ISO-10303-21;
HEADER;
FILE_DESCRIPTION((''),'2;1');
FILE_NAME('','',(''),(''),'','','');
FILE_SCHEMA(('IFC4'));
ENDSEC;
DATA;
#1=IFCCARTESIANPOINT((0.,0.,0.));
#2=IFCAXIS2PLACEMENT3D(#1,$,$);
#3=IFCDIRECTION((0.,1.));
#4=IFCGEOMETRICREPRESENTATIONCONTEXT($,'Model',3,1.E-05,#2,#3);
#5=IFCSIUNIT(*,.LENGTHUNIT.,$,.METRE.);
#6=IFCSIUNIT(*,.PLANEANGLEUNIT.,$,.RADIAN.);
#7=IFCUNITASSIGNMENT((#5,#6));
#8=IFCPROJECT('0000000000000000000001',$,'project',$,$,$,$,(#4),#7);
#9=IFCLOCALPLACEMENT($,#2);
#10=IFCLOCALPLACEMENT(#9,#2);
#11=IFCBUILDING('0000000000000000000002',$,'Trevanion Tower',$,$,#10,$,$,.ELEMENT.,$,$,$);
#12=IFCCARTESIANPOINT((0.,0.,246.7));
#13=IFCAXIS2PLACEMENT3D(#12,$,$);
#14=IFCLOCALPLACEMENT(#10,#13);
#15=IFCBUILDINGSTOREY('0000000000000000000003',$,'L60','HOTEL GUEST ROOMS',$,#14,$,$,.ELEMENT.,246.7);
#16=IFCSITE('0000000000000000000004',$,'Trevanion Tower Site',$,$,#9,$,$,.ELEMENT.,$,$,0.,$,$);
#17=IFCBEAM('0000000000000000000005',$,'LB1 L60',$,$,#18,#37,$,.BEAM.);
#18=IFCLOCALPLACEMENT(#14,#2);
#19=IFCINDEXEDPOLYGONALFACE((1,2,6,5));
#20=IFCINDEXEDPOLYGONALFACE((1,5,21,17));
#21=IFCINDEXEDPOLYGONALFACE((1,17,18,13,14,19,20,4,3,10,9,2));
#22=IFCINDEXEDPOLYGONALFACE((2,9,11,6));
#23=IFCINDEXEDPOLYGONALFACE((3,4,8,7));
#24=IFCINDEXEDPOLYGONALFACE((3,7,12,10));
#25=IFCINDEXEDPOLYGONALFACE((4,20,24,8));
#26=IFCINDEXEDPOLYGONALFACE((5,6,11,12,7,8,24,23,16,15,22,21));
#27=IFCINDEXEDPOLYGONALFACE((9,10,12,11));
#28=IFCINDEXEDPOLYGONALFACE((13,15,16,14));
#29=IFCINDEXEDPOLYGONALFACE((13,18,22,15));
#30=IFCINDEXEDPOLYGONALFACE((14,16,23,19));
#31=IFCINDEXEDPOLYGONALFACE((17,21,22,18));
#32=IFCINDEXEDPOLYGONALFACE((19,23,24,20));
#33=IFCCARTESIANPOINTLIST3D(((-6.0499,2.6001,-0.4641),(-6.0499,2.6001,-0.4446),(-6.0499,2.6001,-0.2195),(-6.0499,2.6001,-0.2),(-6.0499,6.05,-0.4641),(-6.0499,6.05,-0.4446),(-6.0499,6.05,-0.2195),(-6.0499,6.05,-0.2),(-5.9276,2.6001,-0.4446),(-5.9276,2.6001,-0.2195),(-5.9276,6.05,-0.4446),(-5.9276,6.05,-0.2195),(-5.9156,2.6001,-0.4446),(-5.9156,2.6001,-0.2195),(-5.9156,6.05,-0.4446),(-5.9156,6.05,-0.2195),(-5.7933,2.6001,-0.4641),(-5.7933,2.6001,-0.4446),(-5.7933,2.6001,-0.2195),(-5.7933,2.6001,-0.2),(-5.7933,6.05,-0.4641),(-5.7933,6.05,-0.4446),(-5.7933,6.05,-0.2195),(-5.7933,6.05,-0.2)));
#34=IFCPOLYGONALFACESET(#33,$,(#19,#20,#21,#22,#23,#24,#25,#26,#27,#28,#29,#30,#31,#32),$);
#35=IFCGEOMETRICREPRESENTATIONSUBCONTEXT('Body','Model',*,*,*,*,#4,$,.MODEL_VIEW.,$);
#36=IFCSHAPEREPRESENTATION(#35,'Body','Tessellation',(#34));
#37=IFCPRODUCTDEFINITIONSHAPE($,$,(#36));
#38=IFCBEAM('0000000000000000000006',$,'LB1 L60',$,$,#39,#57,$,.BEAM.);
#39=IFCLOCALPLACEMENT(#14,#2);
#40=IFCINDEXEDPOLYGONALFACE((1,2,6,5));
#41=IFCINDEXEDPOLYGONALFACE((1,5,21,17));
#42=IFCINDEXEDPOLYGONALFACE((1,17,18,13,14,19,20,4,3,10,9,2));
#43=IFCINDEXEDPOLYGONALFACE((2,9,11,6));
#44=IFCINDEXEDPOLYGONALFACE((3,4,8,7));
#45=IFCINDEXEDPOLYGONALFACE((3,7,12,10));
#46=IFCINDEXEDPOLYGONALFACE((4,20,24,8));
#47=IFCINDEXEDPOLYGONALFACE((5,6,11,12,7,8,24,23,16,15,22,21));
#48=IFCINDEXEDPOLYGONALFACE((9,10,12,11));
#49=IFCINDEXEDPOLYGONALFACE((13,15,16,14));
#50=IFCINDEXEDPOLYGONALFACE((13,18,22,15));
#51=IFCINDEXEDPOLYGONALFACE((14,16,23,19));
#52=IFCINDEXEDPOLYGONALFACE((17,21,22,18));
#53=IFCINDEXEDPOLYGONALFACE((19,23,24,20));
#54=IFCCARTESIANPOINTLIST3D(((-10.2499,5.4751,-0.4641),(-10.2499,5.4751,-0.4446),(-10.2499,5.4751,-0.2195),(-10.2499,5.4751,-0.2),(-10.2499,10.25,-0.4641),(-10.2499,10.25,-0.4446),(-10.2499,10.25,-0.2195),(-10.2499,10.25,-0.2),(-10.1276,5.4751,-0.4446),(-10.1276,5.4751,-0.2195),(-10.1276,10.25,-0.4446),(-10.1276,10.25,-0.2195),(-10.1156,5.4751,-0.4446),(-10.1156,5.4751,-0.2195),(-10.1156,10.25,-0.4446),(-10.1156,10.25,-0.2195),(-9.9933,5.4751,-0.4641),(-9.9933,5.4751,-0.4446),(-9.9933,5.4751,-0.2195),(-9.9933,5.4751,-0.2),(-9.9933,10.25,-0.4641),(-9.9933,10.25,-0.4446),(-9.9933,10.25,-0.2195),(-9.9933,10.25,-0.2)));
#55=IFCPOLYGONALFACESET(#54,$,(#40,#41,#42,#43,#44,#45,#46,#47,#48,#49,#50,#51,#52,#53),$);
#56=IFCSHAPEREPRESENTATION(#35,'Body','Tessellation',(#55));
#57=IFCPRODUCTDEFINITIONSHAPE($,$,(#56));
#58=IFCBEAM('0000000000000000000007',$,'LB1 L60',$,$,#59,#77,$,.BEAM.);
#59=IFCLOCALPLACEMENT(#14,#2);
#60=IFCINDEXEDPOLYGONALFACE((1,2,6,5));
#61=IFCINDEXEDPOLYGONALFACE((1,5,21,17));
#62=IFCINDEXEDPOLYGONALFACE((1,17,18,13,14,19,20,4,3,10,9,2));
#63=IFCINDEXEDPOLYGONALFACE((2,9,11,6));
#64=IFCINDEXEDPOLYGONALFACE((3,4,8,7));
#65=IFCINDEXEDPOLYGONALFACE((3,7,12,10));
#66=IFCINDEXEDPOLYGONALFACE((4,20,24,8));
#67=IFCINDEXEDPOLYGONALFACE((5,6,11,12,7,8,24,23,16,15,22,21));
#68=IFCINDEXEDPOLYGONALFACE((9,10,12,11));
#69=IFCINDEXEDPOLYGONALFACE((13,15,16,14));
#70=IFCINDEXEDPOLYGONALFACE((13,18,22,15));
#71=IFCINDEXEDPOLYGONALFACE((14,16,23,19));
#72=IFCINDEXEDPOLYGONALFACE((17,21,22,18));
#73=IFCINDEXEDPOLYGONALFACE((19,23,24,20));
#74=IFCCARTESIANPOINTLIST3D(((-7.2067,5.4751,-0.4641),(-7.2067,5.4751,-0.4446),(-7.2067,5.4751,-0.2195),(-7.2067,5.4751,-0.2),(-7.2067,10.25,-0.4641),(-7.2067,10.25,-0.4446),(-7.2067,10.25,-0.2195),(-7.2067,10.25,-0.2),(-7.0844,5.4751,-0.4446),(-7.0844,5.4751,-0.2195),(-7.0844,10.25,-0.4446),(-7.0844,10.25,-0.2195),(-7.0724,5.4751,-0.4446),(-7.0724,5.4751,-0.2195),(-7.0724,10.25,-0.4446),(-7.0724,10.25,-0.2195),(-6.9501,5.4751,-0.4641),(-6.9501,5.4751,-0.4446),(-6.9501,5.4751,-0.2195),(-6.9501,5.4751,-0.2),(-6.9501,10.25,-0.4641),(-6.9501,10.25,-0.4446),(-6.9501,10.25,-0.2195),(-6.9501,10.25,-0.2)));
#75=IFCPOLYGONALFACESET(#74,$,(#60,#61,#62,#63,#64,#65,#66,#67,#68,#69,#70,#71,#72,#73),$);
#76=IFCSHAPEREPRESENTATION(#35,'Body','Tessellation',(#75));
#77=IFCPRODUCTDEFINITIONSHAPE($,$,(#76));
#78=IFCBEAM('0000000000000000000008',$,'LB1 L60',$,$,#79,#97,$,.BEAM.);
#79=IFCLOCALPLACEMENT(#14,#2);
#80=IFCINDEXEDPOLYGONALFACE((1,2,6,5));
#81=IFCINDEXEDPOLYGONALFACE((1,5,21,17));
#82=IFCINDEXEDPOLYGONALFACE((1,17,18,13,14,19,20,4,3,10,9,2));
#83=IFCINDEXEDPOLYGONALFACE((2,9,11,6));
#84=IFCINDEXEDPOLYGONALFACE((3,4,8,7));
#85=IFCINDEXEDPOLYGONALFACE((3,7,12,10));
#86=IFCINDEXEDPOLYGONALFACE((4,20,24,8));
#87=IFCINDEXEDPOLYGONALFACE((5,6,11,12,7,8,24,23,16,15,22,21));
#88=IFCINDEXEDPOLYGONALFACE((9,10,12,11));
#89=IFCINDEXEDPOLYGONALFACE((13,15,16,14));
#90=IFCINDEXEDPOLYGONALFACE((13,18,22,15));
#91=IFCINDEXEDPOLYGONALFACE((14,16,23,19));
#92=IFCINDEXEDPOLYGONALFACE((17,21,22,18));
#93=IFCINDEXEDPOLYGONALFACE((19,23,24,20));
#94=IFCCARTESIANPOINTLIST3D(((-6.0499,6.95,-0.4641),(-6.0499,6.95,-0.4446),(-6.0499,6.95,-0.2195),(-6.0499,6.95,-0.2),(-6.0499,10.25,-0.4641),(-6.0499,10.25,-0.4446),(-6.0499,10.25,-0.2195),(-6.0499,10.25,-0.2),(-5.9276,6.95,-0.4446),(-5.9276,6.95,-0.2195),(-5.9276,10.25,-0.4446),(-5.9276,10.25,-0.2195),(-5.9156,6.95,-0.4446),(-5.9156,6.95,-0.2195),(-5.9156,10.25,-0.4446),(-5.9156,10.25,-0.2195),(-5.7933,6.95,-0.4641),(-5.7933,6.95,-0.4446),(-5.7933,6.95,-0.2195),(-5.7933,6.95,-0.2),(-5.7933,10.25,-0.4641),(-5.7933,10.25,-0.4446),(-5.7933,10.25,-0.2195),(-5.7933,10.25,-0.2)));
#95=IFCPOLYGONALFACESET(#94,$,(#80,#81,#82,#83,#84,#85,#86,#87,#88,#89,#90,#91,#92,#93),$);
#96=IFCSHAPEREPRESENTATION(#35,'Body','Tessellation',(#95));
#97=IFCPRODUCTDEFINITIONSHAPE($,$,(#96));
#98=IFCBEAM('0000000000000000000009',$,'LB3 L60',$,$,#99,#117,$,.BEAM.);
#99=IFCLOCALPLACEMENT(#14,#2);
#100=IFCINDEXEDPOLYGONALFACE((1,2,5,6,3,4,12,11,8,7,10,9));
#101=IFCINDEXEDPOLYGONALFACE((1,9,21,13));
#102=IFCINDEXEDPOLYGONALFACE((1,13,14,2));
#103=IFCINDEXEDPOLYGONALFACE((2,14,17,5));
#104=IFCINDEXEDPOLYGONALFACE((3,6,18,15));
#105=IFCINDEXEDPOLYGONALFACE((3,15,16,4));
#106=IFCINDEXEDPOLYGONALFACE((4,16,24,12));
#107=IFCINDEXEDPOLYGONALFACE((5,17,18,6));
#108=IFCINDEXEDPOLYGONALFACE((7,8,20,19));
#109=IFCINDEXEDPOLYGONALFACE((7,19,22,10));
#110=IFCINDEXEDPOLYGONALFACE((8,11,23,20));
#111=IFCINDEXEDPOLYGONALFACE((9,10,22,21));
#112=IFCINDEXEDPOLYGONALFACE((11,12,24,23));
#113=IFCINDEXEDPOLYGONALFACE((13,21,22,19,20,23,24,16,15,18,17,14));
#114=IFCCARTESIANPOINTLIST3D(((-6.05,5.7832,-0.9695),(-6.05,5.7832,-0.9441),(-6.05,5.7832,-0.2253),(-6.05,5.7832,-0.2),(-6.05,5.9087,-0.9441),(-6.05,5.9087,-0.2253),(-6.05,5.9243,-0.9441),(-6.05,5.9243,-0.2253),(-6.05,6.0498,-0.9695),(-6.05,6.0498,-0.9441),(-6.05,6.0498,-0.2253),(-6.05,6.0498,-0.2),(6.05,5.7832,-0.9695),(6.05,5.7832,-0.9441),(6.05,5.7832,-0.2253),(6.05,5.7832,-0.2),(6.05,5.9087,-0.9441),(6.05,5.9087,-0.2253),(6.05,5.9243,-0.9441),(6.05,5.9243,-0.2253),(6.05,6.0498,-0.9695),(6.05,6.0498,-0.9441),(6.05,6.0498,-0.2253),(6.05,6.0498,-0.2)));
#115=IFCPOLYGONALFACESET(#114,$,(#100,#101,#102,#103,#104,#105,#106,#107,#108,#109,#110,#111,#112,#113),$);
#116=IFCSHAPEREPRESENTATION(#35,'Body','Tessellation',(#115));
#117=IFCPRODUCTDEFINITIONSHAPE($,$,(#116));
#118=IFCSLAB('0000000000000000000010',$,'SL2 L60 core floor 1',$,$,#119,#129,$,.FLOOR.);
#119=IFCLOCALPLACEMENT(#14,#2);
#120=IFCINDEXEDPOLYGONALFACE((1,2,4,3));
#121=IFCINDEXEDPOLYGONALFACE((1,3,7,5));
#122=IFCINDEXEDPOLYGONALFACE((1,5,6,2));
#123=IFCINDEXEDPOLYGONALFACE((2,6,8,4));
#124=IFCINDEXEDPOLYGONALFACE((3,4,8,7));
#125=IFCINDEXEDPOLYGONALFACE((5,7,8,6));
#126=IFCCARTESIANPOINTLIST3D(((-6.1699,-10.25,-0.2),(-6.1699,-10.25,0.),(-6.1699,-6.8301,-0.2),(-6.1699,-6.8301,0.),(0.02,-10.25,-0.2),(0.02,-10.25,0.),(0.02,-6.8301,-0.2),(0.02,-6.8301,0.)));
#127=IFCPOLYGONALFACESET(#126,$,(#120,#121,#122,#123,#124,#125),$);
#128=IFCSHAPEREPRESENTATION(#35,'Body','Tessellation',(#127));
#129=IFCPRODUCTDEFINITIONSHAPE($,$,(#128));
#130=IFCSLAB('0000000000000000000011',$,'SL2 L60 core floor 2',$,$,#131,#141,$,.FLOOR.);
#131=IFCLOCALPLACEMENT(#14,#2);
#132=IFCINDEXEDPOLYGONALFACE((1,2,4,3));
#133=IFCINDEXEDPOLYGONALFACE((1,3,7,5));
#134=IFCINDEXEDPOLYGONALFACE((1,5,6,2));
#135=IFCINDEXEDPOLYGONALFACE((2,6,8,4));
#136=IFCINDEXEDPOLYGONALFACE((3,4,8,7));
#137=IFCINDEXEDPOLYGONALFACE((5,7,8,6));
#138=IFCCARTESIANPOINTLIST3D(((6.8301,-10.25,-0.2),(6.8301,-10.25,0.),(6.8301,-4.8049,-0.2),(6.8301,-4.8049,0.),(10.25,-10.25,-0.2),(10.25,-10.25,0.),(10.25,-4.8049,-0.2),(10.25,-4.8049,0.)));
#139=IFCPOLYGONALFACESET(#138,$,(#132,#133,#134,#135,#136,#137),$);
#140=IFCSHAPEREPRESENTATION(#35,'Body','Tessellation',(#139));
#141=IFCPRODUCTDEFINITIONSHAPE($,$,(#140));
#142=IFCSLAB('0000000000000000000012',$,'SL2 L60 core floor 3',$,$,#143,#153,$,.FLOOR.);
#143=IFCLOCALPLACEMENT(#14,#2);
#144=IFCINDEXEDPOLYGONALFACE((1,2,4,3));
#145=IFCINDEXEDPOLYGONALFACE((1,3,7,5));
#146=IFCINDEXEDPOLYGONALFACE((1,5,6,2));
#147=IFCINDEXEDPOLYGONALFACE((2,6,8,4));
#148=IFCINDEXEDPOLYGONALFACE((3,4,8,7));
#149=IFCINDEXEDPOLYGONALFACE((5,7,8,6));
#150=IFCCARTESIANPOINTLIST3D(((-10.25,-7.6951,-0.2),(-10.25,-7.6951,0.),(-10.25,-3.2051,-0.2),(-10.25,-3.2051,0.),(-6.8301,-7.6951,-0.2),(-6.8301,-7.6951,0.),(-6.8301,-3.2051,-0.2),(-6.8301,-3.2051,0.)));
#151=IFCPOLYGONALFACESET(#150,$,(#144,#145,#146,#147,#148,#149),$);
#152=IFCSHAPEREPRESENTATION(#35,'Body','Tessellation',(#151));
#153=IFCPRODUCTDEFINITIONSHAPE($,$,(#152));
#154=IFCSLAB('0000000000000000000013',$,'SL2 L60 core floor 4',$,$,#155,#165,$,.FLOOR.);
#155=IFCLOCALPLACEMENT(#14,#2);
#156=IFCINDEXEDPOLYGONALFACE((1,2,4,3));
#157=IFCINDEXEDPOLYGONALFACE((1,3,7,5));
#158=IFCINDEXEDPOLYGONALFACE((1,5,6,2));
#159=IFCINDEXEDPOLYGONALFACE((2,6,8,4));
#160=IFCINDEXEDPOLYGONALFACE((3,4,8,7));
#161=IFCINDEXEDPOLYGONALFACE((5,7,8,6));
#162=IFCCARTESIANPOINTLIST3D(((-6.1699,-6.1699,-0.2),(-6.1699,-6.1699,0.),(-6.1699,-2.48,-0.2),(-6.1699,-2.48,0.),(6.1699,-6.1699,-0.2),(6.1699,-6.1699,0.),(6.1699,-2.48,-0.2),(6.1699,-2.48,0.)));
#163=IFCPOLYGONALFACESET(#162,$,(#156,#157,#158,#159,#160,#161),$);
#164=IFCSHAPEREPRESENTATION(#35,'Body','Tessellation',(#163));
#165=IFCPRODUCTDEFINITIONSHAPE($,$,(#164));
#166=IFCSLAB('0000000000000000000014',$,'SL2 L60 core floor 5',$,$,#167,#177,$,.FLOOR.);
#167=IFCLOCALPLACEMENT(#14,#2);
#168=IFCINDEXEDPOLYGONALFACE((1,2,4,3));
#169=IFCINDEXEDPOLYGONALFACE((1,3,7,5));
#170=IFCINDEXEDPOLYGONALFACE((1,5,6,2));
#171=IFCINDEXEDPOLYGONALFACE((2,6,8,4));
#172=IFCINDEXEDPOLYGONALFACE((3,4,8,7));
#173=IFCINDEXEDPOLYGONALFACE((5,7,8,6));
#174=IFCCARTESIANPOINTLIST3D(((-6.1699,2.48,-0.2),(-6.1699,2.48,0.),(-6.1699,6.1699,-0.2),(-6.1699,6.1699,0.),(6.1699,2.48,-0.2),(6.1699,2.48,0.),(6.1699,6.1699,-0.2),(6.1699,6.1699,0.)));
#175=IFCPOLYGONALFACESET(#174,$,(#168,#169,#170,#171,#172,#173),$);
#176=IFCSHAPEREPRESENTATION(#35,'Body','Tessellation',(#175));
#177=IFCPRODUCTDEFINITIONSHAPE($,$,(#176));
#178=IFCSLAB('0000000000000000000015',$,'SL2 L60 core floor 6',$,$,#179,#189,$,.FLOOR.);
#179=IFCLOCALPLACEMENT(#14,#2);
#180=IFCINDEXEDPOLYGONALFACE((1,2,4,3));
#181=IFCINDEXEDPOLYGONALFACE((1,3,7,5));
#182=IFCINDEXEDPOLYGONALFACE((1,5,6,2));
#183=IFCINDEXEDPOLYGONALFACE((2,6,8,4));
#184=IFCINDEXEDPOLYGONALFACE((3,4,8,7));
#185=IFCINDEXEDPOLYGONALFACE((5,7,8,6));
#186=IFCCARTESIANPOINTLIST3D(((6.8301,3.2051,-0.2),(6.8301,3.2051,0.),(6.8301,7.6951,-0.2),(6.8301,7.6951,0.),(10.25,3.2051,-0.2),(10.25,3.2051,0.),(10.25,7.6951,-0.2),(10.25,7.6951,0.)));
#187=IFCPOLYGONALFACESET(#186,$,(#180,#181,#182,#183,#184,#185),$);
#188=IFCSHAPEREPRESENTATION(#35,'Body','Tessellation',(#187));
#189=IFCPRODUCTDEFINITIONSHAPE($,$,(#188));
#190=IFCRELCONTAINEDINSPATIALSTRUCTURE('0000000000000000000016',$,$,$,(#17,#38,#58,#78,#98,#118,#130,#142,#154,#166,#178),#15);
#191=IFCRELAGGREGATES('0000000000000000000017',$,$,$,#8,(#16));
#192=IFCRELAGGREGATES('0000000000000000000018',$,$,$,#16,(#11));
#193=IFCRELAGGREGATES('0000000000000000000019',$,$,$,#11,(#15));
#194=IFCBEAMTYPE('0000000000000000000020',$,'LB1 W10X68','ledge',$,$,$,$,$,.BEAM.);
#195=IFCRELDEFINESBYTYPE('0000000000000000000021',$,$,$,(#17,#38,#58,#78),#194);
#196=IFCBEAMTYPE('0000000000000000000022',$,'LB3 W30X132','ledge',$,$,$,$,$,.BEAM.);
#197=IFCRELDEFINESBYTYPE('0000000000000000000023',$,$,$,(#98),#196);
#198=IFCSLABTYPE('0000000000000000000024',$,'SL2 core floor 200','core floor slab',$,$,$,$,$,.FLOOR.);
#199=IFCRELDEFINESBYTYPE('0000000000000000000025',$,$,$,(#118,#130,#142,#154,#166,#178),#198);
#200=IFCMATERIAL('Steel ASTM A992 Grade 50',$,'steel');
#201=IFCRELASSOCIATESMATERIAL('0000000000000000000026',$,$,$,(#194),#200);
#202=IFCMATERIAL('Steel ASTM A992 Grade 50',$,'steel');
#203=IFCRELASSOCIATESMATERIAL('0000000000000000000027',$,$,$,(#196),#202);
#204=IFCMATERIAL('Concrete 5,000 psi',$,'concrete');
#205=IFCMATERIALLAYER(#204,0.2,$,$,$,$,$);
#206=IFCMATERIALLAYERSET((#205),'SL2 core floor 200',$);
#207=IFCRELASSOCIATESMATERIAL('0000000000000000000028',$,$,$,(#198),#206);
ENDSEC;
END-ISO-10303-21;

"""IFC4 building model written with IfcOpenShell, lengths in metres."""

from ifc_helpers import new_model, si_unit, direction, frame, origin, origin_2d, place, context, subcontext, project, spatial, polyline, i_section, outline, extrude, material, layer, layer_set, material_profile, profile_set, type_object, element, save


model = new_model("IFC4")

# Units and contexts
model_context = context("Model", 3, precision=1e-05, world=origin(), true_north=direction((0.0, 1.0)))
body_context = subcontext(model_context, "Body", "Model", "MODEL_VIEW")
ifc_project = project(units=[si_unit("LENGTHUNIT", "METRE"), si_unit("PLANEANGLEUNIT", "RADIAN")], contexts=[model_context])

# Site, building, storey
site_placement = place(None, origin())
site = spatial("IfcSite", under=ifc_project, at=site_placement, Name="Trevanion Tower Site", CompositionType="ELEMENT", RefElevation=0.0)
building_placement = place(site_placement, origin())
building = spatial("IfcBuilding", under=site, at=building_placement, Name="Trevanion Tower", CompositionType="ELEMENT")
storey_placement = place(building_placement, frame((0.0, 0.0, 246.7)))
storey = spatial("IfcBuildingStorey", under=building, at=storey_placement, Name="L60", Description="HOTEL GUEST ROOMS", CompositionType="ELEMENT", Elevation=246.7)

# Beams
ifc_material_1 = material(Name="Steel ASTM A992 Grade 50", Category="steel")
ifc_material_profile_1 = material_profile(ifc_material_1, i_section(OverallWidth=0.2566, OverallDepth=0.2642, WebThickness=0.012, FlangeThickness=0.0195, at=origin_2d()), Name="W10X68")
ifc_profile_set_1 = profile_set([ifc_material_profile_1], Name="Steel ASTM A992 Grade 50")
beam_type_1 = type_object("IfcBeamType", Name="LB1 W10X68", Description="ledge", PredefinedType="BEAM", material=ifc_profile_set_1)
beam_1_placement = place(storey_placement, frame((-5.9216, 2.6001, -0.332), z_axis=(0.0, 1.0, 0.0), x_axis=(-1.0, 0.0, 0.0)))
element("IfcBeam", 1, at=beam_1_placement, inside=storey, type_object=beam_type_1, Name="LB1 L60", PredefinedType="BEAM", context=body_context, shape_type="SweptSolid", body=[
    extrude(i_section(OverallWidth=0.2566, OverallDepth=0.2642, WebThickness=0.012, FlangeThickness=0.0195, at=origin_2d()), origin(), (0.0, 0.0, 1.0), 3.45),
])
for number, where, z_axis, x_axis, name in (
    (2, (-10.1216, 5.4751, -0.332), (0.0, 1.0, 0.0), (-1.0, 0.0, 0.0), "LB1 L60"),
    (3, (-7.0784, 5.4751, -0.332), (0.0, 1.0, 0.0), (-1.0, 0.0, 0.0), "LB1 L60"),
):
    element("IfcBeam", number, at=place(storey_placement, frame(where, z_axis=z_axis, x_axis=x_axis)), inside=storey, type_object=beam_type_1, Name=name, PredefinedType="BEAM", context=body_context, shape_type="SweptSolid", body=[
        extrude(i_section(OverallWidth=0.2566, OverallDepth=0.2642, WebThickness=0.012, FlangeThickness=0.0195, at=origin_2d()), origin(), (0.0, 0.0, 1.0), 4.7749),
    ])
beam_2_placement = place(storey_placement, frame((-5.9216, 6.95, -0.332), z_axis=(0.0, 1.0, 0.0), x_axis=(-1.0, 0.0, 0.0)))
element("IfcBeam", 4, at=beam_2_placement, inside=storey, type_object=beam_type_1, Name="LB1 L60", PredefinedType="BEAM", context=body_context, shape_type="SweptSolid", body=[
    extrude(i_section(OverallWidth=0.2566, OverallDepth=0.2642, WebThickness=0.012, FlangeThickness=0.0195, at=origin_2d()), origin(), (0.0, 0.0, 1.0), 3.3),
])
ifc_material_2 = material(Name="Steel ASTM A992 Grade 50", Category="steel")
ifc_material_profile_2 = material_profile(ifc_material_2, i_section(OverallWidth=0.2666, OverallDepth=0.7695, WebThickness=0.0156, FlangeThickness=0.0254, at=origin_2d()), Name="W30X132")
ifc_profile_set_2 = profile_set([ifc_material_profile_2], Name="Steel ASTM A992 Grade 50")
beam_type_2 = type_object("IfcBeamType", Name="LB3 W30X132", Description="ledge", PredefinedType="BEAM", material=ifc_profile_set_2)
beam_3_placement = place(storey_placement, frame((-6.05, 5.9165, -0.5847), z_axis=(1.0, 0.0, 0.0), x_axis=(0.0, 1.0, 0.0)))
element("IfcBeam", 5, at=beam_3_placement, inside=storey, type_object=beam_type_2, Name="LB3 L60", PredefinedType="BEAM", context=body_context, shape_type="SweptSolid", body=[
    extrude(i_section(OverallWidth=0.2666, OverallDepth=0.7695, WebThickness=0.0156, FlangeThickness=0.0254, at=origin_2d()), origin(), (0.0, 0.0, 1.0), 12.1001),
])

# Slabs
ifc_material_3 = material(Name="Concrete 5,000 psi", Category="concrete")
ifc_layer_1 = layer(ifc_material_3, 0.2)
ifc_layer_set_1 = layer_set([ifc_layer_1], Name="SL2 core floor 200")
slab_type_1 = type_object("IfcSlabType", Name="SL2 core floor 200", Description="core floor slab", PredefinedType="FLOOR", material=ifc_layer_set_1)
slab_1_placement = place(storey_placement, frame((0.0, 0.0, -0.2)))
element("IfcSlab", 6, at=slab_1_placement, inside=storey, type_object=slab_type_1, Name="SL2 L60 core floor 1", PredefinedType="FLOOR", context=body_context, shape_type="SweptSolid", body=[
    extrude(outline(polyline([(0.02, -10.25), (-6.1699, -10.25), (-6.1699, -6.8301), (0.02, -6.8301), (0.02, -10.25)])), origin(), (0.0, 0.0, 1.0), 0.2),
])
slab_2_placement = place(storey_placement, frame((0.0, 0.0, -0.2)))
element("IfcSlab", 7, at=slab_2_placement, inside=storey, type_object=slab_type_1, Name="SL2 L60 core floor 2", PredefinedType="FLOOR", context=body_context, shape_type="SweptSolid", body=[
    extrude(outline(polyline([(6.8301, -4.8049), (10.25, -4.8049), (10.25, -10.25), (6.8301, -10.25), (6.8301, -4.8049)])), origin(), (0.0, 0.0, 1.0), 0.2),
])
slab_3_placement = place(storey_placement, frame((0.0, 0.0, -0.2)))
element("IfcSlab", 8, at=slab_3_placement, inside=storey, type_object=slab_type_1, Name="SL2 L60 core floor 3", PredefinedType="FLOOR", context=body_context, shape_type="SweptSolid", body=[
    extrude(outline(polyline([(-6.8301, -3.2051), (-6.8301, -7.6951), (-10.25, -7.6951), (-10.25, -3.2051), (-6.8301, -3.2051)])), origin(), (0.0, 0.0, 1.0), 0.2),
])
slab_4_placement = place(storey_placement, frame((0.0, 0.0, -0.2)))
element("IfcSlab", 9, at=slab_4_placement, inside=storey, type_object=slab_type_1, Name="SL2 L60 core floor 4", PredefinedType="FLOOR", context=body_context, shape_type="SweptSolid", body=[
    extrude(outline(polyline([(6.1699, -6.1699), (-6.1699, -6.1699), (-6.1699, -2.48), (6.1699, -2.48), (6.1699, -6.1699)])), origin(), (0.0, 0.0, 1.0), 0.2),
])
slab_5_placement = place(storey_placement, frame((0.0, 0.0, -0.2)))
element("IfcSlab", 10, at=slab_5_placement, inside=storey, type_object=slab_type_1, Name="SL2 L60 core floor 5", PredefinedType="FLOOR", context=body_context, shape_type="SweptSolid", body=[
    extrude(outline(polyline([(6.1699, 2.48), (-6.1699, 2.48), (-6.1699, 6.1699), (6.1699, 6.1699), (6.1699, 2.48)])), origin(), (0.0, 0.0, 1.0), 0.2),
])
slab_6_placement = place(storey_placement, frame((0.0, 0.0, -0.2)))
element("IfcSlab", 11, at=slab_6_placement, inside=storey, type_object=slab_type_1, Name="SL2 L60 core floor 6", PredefinedType="FLOOR", context=body_context, shape_type="SweptSolid", body=[
    extrude(outline(polyline([(6.8301, 3.2051), (6.8301, 7.6951), (10.25, 7.6951), (10.25, 3.2051), (6.8301, 3.2051)])), origin(), (0.0, 0.0, 1.0), 0.2),
])

save(model, "model.ifc")
